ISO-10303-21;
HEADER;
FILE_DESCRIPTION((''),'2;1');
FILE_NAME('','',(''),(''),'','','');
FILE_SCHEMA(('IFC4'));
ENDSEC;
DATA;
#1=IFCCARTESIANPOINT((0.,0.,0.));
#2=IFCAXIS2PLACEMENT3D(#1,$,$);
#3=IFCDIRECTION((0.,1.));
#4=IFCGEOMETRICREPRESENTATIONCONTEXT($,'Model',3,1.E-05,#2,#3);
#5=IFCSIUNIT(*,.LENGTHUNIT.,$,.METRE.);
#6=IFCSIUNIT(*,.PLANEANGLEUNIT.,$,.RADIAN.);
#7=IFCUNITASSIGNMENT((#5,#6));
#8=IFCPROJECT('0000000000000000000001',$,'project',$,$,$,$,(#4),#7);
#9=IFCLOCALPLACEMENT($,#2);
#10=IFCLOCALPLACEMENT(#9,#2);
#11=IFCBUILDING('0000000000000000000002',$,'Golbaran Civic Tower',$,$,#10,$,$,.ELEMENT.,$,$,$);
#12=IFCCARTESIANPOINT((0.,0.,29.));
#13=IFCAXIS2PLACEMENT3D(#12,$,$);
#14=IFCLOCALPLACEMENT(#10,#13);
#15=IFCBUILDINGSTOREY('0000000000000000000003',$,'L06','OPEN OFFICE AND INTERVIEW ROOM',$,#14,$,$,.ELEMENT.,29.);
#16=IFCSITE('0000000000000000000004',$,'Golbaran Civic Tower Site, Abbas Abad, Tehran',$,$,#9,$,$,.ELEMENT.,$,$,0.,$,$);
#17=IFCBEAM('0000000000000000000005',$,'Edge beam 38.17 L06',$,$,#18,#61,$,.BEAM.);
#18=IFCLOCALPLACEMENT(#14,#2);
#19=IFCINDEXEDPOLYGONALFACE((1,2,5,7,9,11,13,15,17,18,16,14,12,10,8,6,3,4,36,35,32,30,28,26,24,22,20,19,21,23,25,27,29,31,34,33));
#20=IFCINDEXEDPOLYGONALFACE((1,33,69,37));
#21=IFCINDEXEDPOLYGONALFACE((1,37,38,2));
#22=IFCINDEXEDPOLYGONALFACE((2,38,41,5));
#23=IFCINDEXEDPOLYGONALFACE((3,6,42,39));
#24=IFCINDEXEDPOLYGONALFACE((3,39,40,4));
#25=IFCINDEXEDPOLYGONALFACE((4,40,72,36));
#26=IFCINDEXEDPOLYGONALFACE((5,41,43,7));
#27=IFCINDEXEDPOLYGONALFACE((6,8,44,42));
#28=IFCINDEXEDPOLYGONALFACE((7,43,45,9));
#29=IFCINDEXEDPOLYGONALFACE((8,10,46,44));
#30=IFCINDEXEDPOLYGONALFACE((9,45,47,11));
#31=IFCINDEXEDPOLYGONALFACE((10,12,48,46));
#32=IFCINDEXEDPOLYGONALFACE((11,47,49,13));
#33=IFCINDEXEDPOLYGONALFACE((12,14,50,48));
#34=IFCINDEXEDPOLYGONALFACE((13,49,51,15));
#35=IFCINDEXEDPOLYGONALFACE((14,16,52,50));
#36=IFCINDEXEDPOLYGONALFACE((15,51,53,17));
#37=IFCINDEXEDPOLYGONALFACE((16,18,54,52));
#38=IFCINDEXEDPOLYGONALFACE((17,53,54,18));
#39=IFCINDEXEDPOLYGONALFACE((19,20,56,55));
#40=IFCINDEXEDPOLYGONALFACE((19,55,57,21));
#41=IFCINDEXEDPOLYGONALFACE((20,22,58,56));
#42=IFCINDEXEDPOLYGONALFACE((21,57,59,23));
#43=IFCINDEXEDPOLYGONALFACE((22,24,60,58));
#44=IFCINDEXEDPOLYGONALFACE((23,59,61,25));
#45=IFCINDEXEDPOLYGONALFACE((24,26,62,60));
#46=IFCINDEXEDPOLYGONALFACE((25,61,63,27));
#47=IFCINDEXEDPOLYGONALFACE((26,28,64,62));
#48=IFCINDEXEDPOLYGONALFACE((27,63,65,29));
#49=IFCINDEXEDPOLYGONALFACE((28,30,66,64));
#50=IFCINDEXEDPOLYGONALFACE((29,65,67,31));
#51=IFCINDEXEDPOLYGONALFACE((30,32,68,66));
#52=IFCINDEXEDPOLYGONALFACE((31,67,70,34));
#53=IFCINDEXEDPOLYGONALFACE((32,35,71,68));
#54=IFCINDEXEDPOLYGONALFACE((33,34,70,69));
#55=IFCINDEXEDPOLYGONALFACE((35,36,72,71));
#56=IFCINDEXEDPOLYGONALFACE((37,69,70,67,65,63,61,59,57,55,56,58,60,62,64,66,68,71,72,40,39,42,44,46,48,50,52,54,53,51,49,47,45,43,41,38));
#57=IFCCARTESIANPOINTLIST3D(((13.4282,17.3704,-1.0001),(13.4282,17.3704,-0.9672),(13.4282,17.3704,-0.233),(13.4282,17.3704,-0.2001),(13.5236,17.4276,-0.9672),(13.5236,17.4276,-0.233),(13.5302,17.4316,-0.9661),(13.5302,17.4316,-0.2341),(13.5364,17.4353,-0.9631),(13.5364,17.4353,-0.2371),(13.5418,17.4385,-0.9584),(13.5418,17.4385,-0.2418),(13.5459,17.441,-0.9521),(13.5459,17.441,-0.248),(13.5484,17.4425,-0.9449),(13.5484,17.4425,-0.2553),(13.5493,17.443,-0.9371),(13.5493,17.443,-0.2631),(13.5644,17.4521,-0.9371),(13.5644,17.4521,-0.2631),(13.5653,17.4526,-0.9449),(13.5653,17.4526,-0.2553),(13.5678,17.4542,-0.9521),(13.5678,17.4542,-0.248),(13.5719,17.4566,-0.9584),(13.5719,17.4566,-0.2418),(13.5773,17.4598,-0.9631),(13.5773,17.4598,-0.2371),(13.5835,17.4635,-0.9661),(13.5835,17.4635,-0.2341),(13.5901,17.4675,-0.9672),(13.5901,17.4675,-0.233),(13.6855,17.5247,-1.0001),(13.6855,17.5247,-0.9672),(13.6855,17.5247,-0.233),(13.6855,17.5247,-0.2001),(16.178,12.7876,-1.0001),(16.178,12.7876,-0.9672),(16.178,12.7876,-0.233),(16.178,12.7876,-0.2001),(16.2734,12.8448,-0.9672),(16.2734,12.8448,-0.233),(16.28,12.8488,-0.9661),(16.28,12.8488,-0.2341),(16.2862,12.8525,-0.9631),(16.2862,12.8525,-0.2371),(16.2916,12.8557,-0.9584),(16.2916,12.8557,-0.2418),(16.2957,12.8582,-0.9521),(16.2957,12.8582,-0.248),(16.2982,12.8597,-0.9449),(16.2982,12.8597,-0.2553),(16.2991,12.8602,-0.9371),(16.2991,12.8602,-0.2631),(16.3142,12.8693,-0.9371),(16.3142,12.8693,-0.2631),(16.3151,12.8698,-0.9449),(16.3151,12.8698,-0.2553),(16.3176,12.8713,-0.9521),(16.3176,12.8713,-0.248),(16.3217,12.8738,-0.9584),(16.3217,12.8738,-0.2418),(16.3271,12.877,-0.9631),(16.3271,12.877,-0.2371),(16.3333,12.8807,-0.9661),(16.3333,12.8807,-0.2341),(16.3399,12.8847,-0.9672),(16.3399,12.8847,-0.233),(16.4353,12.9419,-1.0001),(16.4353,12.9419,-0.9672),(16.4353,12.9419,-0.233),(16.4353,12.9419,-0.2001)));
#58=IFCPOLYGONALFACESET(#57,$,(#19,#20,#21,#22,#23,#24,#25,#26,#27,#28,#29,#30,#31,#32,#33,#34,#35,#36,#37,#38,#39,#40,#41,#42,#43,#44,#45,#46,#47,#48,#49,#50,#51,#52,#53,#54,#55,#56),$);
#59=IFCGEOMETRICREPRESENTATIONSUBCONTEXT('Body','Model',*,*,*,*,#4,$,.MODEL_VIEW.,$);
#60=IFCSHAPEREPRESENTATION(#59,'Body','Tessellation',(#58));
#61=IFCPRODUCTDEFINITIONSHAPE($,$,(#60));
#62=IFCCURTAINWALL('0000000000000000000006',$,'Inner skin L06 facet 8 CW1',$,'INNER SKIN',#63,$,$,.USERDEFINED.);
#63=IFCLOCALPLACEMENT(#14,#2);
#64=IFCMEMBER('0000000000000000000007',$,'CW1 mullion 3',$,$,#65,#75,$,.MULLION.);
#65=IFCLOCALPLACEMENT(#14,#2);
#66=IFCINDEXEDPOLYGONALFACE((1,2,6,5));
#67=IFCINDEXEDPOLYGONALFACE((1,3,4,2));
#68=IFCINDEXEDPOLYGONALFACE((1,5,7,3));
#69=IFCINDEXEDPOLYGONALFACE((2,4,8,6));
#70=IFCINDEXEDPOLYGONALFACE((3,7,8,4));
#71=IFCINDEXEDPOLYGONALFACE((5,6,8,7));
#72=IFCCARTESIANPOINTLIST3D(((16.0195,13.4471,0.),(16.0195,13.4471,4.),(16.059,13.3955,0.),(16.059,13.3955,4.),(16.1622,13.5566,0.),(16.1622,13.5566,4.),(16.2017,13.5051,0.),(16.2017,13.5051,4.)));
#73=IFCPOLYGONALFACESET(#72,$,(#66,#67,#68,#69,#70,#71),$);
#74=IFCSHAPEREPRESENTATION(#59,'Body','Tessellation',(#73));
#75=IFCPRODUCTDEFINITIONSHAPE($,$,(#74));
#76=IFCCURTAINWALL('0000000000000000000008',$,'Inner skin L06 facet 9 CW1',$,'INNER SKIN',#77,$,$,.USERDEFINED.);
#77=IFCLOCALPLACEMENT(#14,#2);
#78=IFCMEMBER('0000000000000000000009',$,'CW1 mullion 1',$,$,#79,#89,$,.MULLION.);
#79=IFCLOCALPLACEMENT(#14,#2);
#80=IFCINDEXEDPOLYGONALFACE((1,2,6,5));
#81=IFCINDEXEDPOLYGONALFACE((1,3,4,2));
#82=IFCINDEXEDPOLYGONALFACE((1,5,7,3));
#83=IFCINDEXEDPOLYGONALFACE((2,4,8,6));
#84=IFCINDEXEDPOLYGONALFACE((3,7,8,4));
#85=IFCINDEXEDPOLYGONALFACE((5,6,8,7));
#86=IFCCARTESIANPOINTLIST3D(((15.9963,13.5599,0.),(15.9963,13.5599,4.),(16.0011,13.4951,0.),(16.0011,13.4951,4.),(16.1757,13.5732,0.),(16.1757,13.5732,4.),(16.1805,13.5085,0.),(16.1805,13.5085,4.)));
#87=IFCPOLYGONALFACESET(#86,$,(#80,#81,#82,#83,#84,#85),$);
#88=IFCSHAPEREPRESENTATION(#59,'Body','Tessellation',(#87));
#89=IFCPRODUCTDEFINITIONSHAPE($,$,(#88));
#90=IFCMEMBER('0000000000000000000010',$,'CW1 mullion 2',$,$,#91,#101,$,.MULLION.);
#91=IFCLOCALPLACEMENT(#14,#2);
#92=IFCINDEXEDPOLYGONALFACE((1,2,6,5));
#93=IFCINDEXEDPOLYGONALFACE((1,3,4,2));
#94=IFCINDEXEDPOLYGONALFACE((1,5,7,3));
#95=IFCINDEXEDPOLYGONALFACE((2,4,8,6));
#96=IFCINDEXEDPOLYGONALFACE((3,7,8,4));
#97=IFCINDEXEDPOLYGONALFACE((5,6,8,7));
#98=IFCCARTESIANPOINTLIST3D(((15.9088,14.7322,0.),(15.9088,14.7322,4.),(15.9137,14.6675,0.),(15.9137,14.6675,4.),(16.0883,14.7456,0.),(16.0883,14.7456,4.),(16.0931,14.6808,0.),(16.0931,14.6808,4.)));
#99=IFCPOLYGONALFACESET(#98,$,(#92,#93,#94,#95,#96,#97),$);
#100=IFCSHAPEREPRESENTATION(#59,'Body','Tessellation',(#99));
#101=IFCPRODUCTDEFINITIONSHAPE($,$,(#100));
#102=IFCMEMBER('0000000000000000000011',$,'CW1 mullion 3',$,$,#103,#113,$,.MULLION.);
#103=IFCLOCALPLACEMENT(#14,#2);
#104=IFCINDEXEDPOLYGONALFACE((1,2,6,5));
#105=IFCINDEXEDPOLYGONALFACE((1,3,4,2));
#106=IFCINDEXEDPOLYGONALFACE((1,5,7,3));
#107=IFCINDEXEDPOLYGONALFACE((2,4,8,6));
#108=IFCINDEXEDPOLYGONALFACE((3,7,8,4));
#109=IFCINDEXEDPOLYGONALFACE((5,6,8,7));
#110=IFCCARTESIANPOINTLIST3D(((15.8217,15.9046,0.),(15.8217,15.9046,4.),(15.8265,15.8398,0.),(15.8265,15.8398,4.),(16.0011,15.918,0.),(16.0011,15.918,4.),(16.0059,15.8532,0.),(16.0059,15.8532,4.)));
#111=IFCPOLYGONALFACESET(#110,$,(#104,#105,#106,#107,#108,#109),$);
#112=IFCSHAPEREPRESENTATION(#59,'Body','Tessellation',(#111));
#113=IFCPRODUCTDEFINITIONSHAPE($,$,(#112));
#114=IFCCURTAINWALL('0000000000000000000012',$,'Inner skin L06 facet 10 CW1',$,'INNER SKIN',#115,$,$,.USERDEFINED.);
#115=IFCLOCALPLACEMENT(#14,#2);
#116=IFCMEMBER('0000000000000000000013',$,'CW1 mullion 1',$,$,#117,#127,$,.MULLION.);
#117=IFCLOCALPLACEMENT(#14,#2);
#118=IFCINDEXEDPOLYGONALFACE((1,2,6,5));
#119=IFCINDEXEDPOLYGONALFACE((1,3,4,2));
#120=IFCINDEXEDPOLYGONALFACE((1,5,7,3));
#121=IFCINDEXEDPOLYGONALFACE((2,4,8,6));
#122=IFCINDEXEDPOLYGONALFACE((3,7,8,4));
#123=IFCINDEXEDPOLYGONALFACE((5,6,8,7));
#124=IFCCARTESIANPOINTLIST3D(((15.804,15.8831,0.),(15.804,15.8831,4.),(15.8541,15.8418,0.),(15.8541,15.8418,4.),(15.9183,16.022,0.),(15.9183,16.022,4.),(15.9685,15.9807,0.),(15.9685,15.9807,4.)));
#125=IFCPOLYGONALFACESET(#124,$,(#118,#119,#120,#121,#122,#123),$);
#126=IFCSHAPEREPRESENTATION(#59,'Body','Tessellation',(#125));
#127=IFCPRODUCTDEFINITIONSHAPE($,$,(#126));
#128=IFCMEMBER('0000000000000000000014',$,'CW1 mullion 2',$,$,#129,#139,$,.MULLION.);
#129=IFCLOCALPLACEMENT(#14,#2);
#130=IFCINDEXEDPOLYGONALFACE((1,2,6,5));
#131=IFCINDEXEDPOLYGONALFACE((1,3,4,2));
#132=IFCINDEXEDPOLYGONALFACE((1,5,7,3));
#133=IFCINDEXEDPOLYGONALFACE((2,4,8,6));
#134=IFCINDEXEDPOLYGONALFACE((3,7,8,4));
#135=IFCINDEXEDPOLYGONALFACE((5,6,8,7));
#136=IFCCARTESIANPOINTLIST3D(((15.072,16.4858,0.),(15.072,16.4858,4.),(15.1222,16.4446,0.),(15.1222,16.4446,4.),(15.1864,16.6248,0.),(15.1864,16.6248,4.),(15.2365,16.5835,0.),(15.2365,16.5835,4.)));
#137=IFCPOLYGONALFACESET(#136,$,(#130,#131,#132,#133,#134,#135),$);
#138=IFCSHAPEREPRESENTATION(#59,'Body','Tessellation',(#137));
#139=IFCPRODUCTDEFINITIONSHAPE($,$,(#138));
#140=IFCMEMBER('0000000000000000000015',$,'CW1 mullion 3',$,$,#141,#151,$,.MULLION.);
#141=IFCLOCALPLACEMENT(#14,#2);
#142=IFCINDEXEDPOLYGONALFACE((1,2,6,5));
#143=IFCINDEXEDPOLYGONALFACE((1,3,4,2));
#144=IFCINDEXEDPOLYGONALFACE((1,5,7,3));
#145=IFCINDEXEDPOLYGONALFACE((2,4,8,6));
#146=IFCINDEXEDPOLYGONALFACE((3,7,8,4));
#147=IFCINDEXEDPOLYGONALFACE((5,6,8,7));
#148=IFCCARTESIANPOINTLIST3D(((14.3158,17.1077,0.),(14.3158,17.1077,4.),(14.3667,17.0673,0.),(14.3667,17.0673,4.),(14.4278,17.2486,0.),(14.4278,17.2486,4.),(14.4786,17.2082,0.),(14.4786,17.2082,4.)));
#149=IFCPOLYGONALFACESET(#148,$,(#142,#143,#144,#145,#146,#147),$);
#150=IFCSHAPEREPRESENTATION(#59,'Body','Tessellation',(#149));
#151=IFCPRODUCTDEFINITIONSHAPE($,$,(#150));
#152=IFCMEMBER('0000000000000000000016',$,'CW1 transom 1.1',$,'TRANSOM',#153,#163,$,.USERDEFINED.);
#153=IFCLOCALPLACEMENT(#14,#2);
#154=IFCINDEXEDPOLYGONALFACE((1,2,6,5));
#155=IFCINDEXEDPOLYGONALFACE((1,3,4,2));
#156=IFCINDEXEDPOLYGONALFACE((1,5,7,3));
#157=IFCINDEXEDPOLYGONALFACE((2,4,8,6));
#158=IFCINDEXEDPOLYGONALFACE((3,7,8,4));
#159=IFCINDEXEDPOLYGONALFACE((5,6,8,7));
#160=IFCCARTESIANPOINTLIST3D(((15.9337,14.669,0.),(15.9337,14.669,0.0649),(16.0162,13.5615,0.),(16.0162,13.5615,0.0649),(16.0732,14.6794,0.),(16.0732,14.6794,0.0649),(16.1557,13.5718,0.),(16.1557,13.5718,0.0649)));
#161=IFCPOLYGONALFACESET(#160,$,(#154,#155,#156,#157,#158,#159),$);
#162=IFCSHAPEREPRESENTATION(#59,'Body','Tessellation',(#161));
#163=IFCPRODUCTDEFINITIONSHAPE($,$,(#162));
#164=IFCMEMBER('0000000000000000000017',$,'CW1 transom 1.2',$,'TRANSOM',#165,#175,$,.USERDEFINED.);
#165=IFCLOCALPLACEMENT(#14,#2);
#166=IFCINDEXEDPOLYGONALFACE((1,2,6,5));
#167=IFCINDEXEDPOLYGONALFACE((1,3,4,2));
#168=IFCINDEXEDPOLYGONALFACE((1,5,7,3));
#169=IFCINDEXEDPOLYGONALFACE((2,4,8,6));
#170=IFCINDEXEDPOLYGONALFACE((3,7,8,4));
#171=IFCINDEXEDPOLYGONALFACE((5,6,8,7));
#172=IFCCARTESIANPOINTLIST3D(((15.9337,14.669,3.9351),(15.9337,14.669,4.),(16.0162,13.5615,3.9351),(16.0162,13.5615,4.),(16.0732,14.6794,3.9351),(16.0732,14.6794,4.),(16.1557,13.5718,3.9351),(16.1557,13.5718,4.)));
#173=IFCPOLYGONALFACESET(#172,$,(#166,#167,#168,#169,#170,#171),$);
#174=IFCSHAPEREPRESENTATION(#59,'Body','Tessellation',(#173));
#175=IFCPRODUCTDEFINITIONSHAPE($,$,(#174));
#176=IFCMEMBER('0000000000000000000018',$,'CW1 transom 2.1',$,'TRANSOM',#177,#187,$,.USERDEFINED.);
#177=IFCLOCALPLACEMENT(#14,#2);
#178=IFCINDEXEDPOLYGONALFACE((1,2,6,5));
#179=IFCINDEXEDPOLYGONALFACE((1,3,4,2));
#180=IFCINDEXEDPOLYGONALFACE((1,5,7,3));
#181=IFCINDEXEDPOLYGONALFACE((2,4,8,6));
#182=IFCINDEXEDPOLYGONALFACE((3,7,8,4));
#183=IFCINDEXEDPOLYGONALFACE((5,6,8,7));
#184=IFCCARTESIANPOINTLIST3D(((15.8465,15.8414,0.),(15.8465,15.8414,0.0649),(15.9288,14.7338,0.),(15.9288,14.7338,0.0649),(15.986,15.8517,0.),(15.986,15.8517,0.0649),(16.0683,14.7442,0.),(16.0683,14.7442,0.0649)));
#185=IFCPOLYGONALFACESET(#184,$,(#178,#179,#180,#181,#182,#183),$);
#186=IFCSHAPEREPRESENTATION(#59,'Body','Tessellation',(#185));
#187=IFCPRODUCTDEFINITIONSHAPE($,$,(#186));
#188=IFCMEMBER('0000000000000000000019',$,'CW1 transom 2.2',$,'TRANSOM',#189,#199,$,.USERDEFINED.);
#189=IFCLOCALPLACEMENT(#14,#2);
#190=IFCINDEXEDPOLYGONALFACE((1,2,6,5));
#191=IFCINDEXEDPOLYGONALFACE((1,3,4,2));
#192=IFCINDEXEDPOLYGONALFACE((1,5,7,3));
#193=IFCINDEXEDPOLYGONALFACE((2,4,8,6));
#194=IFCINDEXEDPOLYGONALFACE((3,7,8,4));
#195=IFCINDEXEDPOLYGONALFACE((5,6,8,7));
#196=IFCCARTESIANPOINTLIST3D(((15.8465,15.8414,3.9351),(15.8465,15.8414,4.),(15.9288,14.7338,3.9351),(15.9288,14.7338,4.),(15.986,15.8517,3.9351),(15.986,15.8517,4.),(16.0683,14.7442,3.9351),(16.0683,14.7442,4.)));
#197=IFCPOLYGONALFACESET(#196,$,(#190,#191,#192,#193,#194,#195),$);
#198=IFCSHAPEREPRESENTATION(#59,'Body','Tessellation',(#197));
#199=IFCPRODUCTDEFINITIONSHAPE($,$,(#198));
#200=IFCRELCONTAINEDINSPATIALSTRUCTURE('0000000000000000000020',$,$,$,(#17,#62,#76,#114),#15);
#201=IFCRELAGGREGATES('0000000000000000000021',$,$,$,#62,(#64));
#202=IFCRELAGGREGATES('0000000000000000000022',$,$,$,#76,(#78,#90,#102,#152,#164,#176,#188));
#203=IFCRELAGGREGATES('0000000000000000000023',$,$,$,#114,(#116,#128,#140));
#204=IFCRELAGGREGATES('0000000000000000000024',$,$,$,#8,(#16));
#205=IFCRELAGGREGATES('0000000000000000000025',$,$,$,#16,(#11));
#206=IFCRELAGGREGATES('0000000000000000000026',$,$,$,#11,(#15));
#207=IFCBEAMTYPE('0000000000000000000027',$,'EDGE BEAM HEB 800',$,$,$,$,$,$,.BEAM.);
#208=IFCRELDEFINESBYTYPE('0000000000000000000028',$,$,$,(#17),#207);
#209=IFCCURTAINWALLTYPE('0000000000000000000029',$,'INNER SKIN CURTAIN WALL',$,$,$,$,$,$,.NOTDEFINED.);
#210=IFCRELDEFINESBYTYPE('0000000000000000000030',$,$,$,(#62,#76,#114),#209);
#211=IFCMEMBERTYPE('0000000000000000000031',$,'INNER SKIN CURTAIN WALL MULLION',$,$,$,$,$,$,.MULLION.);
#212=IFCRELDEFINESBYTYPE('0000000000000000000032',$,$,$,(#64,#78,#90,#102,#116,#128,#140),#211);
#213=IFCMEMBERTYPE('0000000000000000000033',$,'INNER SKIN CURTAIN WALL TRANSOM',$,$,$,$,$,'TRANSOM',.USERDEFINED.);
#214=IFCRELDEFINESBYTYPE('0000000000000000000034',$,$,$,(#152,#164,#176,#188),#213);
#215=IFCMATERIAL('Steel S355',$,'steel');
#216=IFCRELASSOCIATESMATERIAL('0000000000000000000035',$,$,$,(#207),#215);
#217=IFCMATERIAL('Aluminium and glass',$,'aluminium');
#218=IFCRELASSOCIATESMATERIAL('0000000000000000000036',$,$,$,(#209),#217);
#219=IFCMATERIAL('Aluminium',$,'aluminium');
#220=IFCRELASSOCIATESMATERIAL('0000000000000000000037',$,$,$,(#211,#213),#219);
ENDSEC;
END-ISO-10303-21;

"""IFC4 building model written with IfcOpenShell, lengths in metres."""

from ifc_helpers import new_model, si_unit, direction, frame, origin, origin_2d, place, context, subcontext, project, spatial, rectangle, i_section, extrude, material, material_profile, profile_set, type_object, element, aggregate, save


model = new_model("IFC4")

# Units and contexts
model_context = context("Model", 3, precision=1e-05, world=origin(), true_north=direction((0.0, 1.0)))
body_context = subcontext(model_context, "Body", "Model", "MODEL_VIEW")
ifc_project = project(units=[si_unit("LENGTHUNIT", "METRE"), si_unit("PLANEANGLEUNIT", "RADIAN")], contexts=[model_context])

# Site, building, storey
site_placement = place(None, origin())
site = spatial("IfcSite", under=ifc_project, at=site_placement, Name="Golbaran Civic Tower Site, Abbas Abad, Tehran", CompositionType="ELEMENT", RefElevation=0.0)
building_placement = place(site_placement, origin())
building = spatial("IfcBuilding", under=site, at=building_placement, Name="Golbaran Civic Tower", CompositionType="ELEMENT")
storey_placement = place(building_placement, frame((0.0, 0.0, 29.0)))
storey = spatial("IfcBuildingStorey", under=building, at=storey_placement, Name="L06", Description="OPEN OFFICE AND INTERVIEW ROOM", CompositionType="ELEMENT", Elevation=29.0)

# Beam
ifc_material_1 = material(Name="Steel S355", Category="steel")
ifc_material_profile_1 = material_profile(ifc_material_1, i_section(OverallWidth=0.3, OverallDepth=0.8, WebThickness=0.0176, FlangeThickness=0.033, FilletRadius=0.03, at=origin_2d()), Name="HEB 800")
ifc_profile_set_1 = profile_set([ifc_material_profile_1], Name="Steel S355")
beam_type = type_object("IfcBeamType", Name="EDGE BEAM HEB 800", PredefinedType="BEAM", material=ifc_profile_set_1)
beam_placement = place(storey_placement, frame((16.3066, 12.8647, -0.6001), z_axis=(-0.514509, 0.857485, 0.0), x_axis=(-0.857485, -0.514509, 0.0)))
element("IfcBeam", 1, at=beam_placement, inside=storey, type_object=beam_type, Name="Edge beam 38.17 L06", PredefinedType="BEAM", context=body_context, shape_type="SweptSolid", body=[
    extrude(i_section(OverallWidth=0.3, OverallDepth=0.8, WebThickness=0.0176, FlangeThickness=0.033, FilletRadius=0.03, at=origin_2d()), origin(), (0.0, 0.0, 1.0), 5.3445),
])

# Curtain wall, member
ifc_material_2 = material(Name="Aluminium and glass", Category="aluminium")
curtain_wall_type = type_object("IfcCurtainWallType", Name="INNER SKIN CURTAIN WALL", PredefinedType="NOTDEFINED", material=ifc_material_2)
curtain_wall_1_placement = place(storey_placement, origin())
curtain_wall_1 = element("IfcCurtainWall", 2, at=curtain_wall_1_placement, inside=storey, type_object=curtain_wall_type, Name="Inner skin L06 facet 8 CW1", ObjectType="INNER SKIN", PredefinedType="USERDEFINED")
ifc_material_3 = material(Name="Aluminium", Category="aluminium")
ifc_material_profile_2 = material_profile(ifc_material_3, rectangle(XDim=0.1799, YDim=0.0649, at=origin_2d()), Name="INNER SKIN CURTAIN WALL MULLION")
ifc_profile_set_2 = profile_set([ifc_material_profile_2], Name="Aluminium")
member_type_1 = type_object("IfcMemberType", Name="INNER SKIN CURTAIN WALL MULLION", PredefinedType="MULLION", material=ifc_profile_set_2)
member_1_placement = place(storey_placement, frame((16.1106, 13.4761, 0.0), z_axis=(0.0, 0.0, 1.0), x_axis=(-0.793353, -0.608761, 0.0)))
member_1 = element("IfcMember", 3, at=member_1_placement, type_object=member_type_1, Name="CW1 mullion 3", PredefinedType="MULLION", context=body_context, shape_type="SweptSolid", body=[
    extrude(rectangle(XDim=0.1799, YDim=0.0649, at=origin_2d()), origin(), (0.0, 0.0, 1.0), 4.0),
])

# Curtain walls, members
curtain_wall_2_placement = place(storey_placement, origin())
curtain_wall_2 = element("IfcCurtainWall", 4, at=curtain_wall_2_placement, inside=storey, type_object=curtain_wall_type, Name="Inner skin L06 facet 9 CW1", ObjectType="INNER SKIN", PredefinedType="USERDEFINED")
member_2_placement = place(storey_placement, frame((16.0884, 13.5342, 0.0), z_axis=(0.0, 0.0, 1.0), x_axis=(-0.997238, -0.074267, 0.0)))
member_2 = element("IfcMember", 5, at=member_2_placement, type_object=member_type_1, Name="CW1 mullion 1", PredefinedType="MULLION", context=body_context, shape_type="SweptSolid", body=[
    extrude(rectangle(XDim=0.1799, YDim=0.0649, at=origin_2d()), origin(), (0.0, 0.0, 1.0), 4.0),
])
member_3_placement = place(storey_placement, frame((16.001, 14.7065, 0.0), z_axis=(0.0, 0.0, 1.0), x_axis=(-0.997238, -0.074267, 0.0)))
member_3 = element("IfcMember", 6, at=member_3_placement, type_object=member_type_1, Name="CW1 mullion 2", PredefinedType="MULLION", context=body_context, shape_type="SweptSolid", body=[
    extrude(rectangle(XDim=0.1799, YDim=0.0649, at=origin_2d()), origin(), (0.0, 0.0, 1.0), 4.0),
])
member_4_placement = place(storey_placement, frame((15.9138, 15.8789, 0.0), z_axis=(0.0, 0.0, 1.0), x_axis=(-0.997238, -0.074267, 0.0)))
member_4 = element("IfcMember", 7, at=member_4_placement, type_object=member_type_1, Name="CW1 mullion 3", PredefinedType="MULLION", context=body_context, shape_type="SweptSolid", body=[
    extrude(rectangle(XDim=0.1799, YDim=0.0649, at=origin_2d()), origin(), (0.0, 0.0, 1.0), 4.0),
])
curtain_wall_3_placement = place(storey_placement, origin())
curtain_wall_3 = element("IfcCurtainWall", 8, at=curtain_wall_3_placement, inside=storey, type_object=curtain_wall_type, Name="Inner skin L06 facet 10 CW1", ObjectType="INNER SKIN", PredefinedType="USERDEFINED")
member_5_placement = place(storey_placement, frame((15.8862, 15.9319, 0.0), z_axis=(0.0, 0.0, 1.0), x_axis=(-0.635583, -0.772032, 0.0)))
member_5 = element("IfcMember", 9, at=member_5_placement, type_object=member_type_1, Name="CW1 mullion 1", PredefinedType="MULLION", context=body_context, shape_type="SweptSolid", body=[
    extrude(rectangle(XDim=0.1799, YDim=0.0649, at=origin_2d()), origin(), (0.0, 0.0, 1.0), 4.0),
])
member_6_placement = place(storey_placement, frame((15.1543, 16.5347, 0.0), z_axis=(0.0, 0.0, 1.0), x_axis=(-0.635583, -0.772032, 0.0)))
member_6 = element("IfcMember", 10, at=member_6_placement, type_object=member_type_1, Name="CW1 mullion 2", PredefinedType="MULLION", context=body_context, shape_type="SweptSolid", body=[
    extrude(rectangle(XDim=0.1799, YDim=0.0649, at=origin_2d()), origin(), (0.0, 0.0, 1.0), 4.0),
])
member_7_placement = place(storey_placement, frame((14.3972, 17.158, 0.0), z_axis=(0.0, 0.0, 1.0), x_axis=(-0.622264, -0.782808, 0.0)))
member_7 = element("IfcMember", 11, at=member_7_placement, type_object=member_type_1, Name="CW1 mullion 3", PredefinedType="MULLION", context=body_context, shape_type="SweptSolid", body=[
    extrude(rectangle(XDim=0.1799, YDim=0.0649, at=origin_2d()), origin(), (0.0, 0.0, 1.0), 4.0),
])

# Members
ifc_material_profile_3 = material_profile(ifc_material_3, rectangle(XDim=0.1399, YDim=0.0649, at=origin_2d()), Name="INNER SKIN CURTAIN WALL TRANSOM")
ifc_profile_set_3 = profile_set([ifc_material_profile_3], Name="Aluminium")
member_type_2 = type_object("IfcMemberType", Name="INNER SKIN CURTAIN WALL TRANSOM", ElementType="TRANSOM", PredefinedType="USERDEFINED", material=ifc_profile_set_3)
member_8_placement = place(storey_placement, frame((16.0859, 13.5667, 0.0325), z_axis=(-0.074309, 0.997235, 0.0), x_axis=(-0.997235, -0.074309, 0.0)))
member_8 = element("IfcMember", 12, at=member_8_placement, type_object=member_type_2, Name="CW1 transom 1.1", ObjectType="TRANSOM", PredefinedType="USERDEFINED", context=body_context, shape_type="SweptSolid", body=[
    extrude(rectangle(XDim=0.1399, YDim=0.0649, at=origin_2d()), origin(), (0.0, 0.0, 1.0), 1.1106),
])
member_9_placement = place(storey_placement, frame((16.0859, 13.5667, 3.9675), z_axis=(-0.074309, 0.997235, 0.0), x_axis=(-0.997235, -0.074309, 0.0)))
member_9 = element("IfcMember", 13, at=member_9_placement, type_object=member_type_2, Name="CW1 transom 1.2", ObjectType="TRANSOM", PredefinedType="USERDEFINED", context=body_context, shape_type="SweptSolid", body=[
    extrude(rectangle(XDim=0.1399, YDim=0.0649, at=origin_2d()), origin(), (0.0, 0.0, 1.0), 1.1106),
])
member_10_placement = place(storey_placement, frame((15.9985, 14.739, 0.0325), z_axis=(-0.07409, 0.997252, 0.0), x_axis=(-0.997252, -0.07409, 0.0)))
member_10 = element("IfcMember", 14, at=member_10_placement, type_object=member_type_2, Name="CW1 transom 2.1", ObjectType="TRANSOM", PredefinedType="USERDEFINED", context=body_context, shape_type="SweptSolid", body=[
    extrude(rectangle(XDim=0.1399, YDim=0.0649, at=origin_2d()), origin(), (0.0, 0.0, 1.0), 1.1106),
])
member_11_placement = place(storey_placement, frame((15.9985, 14.739, 3.9675), z_axis=(-0.07409, 0.997252, 0.0), x_axis=(-0.997252, -0.07409, 0.0)))
member_11 = element("IfcMember", 15, at=member_11_placement, type_object=member_type_2, Name="CW1 transom 2.2", ObjectType="TRANSOM", PredefinedType="USERDEFINED", context=body_context, shape_type="SweptSolid", body=[
    extrude(rectangle(XDim=0.1399, YDim=0.0649, at=origin_2d()), origin(), (0.0, 0.0, 1.0), 1.1106),
])

aggregate(curtain_wall_1, [member_1])
aggregate(curtain_wall_2, [member_2, member_3, member_4, member_8, member_9, member_10, member_11])
aggregate(curtain_wall_3, [member_5, member_6, member_7])

save(model, "model.ifc")
